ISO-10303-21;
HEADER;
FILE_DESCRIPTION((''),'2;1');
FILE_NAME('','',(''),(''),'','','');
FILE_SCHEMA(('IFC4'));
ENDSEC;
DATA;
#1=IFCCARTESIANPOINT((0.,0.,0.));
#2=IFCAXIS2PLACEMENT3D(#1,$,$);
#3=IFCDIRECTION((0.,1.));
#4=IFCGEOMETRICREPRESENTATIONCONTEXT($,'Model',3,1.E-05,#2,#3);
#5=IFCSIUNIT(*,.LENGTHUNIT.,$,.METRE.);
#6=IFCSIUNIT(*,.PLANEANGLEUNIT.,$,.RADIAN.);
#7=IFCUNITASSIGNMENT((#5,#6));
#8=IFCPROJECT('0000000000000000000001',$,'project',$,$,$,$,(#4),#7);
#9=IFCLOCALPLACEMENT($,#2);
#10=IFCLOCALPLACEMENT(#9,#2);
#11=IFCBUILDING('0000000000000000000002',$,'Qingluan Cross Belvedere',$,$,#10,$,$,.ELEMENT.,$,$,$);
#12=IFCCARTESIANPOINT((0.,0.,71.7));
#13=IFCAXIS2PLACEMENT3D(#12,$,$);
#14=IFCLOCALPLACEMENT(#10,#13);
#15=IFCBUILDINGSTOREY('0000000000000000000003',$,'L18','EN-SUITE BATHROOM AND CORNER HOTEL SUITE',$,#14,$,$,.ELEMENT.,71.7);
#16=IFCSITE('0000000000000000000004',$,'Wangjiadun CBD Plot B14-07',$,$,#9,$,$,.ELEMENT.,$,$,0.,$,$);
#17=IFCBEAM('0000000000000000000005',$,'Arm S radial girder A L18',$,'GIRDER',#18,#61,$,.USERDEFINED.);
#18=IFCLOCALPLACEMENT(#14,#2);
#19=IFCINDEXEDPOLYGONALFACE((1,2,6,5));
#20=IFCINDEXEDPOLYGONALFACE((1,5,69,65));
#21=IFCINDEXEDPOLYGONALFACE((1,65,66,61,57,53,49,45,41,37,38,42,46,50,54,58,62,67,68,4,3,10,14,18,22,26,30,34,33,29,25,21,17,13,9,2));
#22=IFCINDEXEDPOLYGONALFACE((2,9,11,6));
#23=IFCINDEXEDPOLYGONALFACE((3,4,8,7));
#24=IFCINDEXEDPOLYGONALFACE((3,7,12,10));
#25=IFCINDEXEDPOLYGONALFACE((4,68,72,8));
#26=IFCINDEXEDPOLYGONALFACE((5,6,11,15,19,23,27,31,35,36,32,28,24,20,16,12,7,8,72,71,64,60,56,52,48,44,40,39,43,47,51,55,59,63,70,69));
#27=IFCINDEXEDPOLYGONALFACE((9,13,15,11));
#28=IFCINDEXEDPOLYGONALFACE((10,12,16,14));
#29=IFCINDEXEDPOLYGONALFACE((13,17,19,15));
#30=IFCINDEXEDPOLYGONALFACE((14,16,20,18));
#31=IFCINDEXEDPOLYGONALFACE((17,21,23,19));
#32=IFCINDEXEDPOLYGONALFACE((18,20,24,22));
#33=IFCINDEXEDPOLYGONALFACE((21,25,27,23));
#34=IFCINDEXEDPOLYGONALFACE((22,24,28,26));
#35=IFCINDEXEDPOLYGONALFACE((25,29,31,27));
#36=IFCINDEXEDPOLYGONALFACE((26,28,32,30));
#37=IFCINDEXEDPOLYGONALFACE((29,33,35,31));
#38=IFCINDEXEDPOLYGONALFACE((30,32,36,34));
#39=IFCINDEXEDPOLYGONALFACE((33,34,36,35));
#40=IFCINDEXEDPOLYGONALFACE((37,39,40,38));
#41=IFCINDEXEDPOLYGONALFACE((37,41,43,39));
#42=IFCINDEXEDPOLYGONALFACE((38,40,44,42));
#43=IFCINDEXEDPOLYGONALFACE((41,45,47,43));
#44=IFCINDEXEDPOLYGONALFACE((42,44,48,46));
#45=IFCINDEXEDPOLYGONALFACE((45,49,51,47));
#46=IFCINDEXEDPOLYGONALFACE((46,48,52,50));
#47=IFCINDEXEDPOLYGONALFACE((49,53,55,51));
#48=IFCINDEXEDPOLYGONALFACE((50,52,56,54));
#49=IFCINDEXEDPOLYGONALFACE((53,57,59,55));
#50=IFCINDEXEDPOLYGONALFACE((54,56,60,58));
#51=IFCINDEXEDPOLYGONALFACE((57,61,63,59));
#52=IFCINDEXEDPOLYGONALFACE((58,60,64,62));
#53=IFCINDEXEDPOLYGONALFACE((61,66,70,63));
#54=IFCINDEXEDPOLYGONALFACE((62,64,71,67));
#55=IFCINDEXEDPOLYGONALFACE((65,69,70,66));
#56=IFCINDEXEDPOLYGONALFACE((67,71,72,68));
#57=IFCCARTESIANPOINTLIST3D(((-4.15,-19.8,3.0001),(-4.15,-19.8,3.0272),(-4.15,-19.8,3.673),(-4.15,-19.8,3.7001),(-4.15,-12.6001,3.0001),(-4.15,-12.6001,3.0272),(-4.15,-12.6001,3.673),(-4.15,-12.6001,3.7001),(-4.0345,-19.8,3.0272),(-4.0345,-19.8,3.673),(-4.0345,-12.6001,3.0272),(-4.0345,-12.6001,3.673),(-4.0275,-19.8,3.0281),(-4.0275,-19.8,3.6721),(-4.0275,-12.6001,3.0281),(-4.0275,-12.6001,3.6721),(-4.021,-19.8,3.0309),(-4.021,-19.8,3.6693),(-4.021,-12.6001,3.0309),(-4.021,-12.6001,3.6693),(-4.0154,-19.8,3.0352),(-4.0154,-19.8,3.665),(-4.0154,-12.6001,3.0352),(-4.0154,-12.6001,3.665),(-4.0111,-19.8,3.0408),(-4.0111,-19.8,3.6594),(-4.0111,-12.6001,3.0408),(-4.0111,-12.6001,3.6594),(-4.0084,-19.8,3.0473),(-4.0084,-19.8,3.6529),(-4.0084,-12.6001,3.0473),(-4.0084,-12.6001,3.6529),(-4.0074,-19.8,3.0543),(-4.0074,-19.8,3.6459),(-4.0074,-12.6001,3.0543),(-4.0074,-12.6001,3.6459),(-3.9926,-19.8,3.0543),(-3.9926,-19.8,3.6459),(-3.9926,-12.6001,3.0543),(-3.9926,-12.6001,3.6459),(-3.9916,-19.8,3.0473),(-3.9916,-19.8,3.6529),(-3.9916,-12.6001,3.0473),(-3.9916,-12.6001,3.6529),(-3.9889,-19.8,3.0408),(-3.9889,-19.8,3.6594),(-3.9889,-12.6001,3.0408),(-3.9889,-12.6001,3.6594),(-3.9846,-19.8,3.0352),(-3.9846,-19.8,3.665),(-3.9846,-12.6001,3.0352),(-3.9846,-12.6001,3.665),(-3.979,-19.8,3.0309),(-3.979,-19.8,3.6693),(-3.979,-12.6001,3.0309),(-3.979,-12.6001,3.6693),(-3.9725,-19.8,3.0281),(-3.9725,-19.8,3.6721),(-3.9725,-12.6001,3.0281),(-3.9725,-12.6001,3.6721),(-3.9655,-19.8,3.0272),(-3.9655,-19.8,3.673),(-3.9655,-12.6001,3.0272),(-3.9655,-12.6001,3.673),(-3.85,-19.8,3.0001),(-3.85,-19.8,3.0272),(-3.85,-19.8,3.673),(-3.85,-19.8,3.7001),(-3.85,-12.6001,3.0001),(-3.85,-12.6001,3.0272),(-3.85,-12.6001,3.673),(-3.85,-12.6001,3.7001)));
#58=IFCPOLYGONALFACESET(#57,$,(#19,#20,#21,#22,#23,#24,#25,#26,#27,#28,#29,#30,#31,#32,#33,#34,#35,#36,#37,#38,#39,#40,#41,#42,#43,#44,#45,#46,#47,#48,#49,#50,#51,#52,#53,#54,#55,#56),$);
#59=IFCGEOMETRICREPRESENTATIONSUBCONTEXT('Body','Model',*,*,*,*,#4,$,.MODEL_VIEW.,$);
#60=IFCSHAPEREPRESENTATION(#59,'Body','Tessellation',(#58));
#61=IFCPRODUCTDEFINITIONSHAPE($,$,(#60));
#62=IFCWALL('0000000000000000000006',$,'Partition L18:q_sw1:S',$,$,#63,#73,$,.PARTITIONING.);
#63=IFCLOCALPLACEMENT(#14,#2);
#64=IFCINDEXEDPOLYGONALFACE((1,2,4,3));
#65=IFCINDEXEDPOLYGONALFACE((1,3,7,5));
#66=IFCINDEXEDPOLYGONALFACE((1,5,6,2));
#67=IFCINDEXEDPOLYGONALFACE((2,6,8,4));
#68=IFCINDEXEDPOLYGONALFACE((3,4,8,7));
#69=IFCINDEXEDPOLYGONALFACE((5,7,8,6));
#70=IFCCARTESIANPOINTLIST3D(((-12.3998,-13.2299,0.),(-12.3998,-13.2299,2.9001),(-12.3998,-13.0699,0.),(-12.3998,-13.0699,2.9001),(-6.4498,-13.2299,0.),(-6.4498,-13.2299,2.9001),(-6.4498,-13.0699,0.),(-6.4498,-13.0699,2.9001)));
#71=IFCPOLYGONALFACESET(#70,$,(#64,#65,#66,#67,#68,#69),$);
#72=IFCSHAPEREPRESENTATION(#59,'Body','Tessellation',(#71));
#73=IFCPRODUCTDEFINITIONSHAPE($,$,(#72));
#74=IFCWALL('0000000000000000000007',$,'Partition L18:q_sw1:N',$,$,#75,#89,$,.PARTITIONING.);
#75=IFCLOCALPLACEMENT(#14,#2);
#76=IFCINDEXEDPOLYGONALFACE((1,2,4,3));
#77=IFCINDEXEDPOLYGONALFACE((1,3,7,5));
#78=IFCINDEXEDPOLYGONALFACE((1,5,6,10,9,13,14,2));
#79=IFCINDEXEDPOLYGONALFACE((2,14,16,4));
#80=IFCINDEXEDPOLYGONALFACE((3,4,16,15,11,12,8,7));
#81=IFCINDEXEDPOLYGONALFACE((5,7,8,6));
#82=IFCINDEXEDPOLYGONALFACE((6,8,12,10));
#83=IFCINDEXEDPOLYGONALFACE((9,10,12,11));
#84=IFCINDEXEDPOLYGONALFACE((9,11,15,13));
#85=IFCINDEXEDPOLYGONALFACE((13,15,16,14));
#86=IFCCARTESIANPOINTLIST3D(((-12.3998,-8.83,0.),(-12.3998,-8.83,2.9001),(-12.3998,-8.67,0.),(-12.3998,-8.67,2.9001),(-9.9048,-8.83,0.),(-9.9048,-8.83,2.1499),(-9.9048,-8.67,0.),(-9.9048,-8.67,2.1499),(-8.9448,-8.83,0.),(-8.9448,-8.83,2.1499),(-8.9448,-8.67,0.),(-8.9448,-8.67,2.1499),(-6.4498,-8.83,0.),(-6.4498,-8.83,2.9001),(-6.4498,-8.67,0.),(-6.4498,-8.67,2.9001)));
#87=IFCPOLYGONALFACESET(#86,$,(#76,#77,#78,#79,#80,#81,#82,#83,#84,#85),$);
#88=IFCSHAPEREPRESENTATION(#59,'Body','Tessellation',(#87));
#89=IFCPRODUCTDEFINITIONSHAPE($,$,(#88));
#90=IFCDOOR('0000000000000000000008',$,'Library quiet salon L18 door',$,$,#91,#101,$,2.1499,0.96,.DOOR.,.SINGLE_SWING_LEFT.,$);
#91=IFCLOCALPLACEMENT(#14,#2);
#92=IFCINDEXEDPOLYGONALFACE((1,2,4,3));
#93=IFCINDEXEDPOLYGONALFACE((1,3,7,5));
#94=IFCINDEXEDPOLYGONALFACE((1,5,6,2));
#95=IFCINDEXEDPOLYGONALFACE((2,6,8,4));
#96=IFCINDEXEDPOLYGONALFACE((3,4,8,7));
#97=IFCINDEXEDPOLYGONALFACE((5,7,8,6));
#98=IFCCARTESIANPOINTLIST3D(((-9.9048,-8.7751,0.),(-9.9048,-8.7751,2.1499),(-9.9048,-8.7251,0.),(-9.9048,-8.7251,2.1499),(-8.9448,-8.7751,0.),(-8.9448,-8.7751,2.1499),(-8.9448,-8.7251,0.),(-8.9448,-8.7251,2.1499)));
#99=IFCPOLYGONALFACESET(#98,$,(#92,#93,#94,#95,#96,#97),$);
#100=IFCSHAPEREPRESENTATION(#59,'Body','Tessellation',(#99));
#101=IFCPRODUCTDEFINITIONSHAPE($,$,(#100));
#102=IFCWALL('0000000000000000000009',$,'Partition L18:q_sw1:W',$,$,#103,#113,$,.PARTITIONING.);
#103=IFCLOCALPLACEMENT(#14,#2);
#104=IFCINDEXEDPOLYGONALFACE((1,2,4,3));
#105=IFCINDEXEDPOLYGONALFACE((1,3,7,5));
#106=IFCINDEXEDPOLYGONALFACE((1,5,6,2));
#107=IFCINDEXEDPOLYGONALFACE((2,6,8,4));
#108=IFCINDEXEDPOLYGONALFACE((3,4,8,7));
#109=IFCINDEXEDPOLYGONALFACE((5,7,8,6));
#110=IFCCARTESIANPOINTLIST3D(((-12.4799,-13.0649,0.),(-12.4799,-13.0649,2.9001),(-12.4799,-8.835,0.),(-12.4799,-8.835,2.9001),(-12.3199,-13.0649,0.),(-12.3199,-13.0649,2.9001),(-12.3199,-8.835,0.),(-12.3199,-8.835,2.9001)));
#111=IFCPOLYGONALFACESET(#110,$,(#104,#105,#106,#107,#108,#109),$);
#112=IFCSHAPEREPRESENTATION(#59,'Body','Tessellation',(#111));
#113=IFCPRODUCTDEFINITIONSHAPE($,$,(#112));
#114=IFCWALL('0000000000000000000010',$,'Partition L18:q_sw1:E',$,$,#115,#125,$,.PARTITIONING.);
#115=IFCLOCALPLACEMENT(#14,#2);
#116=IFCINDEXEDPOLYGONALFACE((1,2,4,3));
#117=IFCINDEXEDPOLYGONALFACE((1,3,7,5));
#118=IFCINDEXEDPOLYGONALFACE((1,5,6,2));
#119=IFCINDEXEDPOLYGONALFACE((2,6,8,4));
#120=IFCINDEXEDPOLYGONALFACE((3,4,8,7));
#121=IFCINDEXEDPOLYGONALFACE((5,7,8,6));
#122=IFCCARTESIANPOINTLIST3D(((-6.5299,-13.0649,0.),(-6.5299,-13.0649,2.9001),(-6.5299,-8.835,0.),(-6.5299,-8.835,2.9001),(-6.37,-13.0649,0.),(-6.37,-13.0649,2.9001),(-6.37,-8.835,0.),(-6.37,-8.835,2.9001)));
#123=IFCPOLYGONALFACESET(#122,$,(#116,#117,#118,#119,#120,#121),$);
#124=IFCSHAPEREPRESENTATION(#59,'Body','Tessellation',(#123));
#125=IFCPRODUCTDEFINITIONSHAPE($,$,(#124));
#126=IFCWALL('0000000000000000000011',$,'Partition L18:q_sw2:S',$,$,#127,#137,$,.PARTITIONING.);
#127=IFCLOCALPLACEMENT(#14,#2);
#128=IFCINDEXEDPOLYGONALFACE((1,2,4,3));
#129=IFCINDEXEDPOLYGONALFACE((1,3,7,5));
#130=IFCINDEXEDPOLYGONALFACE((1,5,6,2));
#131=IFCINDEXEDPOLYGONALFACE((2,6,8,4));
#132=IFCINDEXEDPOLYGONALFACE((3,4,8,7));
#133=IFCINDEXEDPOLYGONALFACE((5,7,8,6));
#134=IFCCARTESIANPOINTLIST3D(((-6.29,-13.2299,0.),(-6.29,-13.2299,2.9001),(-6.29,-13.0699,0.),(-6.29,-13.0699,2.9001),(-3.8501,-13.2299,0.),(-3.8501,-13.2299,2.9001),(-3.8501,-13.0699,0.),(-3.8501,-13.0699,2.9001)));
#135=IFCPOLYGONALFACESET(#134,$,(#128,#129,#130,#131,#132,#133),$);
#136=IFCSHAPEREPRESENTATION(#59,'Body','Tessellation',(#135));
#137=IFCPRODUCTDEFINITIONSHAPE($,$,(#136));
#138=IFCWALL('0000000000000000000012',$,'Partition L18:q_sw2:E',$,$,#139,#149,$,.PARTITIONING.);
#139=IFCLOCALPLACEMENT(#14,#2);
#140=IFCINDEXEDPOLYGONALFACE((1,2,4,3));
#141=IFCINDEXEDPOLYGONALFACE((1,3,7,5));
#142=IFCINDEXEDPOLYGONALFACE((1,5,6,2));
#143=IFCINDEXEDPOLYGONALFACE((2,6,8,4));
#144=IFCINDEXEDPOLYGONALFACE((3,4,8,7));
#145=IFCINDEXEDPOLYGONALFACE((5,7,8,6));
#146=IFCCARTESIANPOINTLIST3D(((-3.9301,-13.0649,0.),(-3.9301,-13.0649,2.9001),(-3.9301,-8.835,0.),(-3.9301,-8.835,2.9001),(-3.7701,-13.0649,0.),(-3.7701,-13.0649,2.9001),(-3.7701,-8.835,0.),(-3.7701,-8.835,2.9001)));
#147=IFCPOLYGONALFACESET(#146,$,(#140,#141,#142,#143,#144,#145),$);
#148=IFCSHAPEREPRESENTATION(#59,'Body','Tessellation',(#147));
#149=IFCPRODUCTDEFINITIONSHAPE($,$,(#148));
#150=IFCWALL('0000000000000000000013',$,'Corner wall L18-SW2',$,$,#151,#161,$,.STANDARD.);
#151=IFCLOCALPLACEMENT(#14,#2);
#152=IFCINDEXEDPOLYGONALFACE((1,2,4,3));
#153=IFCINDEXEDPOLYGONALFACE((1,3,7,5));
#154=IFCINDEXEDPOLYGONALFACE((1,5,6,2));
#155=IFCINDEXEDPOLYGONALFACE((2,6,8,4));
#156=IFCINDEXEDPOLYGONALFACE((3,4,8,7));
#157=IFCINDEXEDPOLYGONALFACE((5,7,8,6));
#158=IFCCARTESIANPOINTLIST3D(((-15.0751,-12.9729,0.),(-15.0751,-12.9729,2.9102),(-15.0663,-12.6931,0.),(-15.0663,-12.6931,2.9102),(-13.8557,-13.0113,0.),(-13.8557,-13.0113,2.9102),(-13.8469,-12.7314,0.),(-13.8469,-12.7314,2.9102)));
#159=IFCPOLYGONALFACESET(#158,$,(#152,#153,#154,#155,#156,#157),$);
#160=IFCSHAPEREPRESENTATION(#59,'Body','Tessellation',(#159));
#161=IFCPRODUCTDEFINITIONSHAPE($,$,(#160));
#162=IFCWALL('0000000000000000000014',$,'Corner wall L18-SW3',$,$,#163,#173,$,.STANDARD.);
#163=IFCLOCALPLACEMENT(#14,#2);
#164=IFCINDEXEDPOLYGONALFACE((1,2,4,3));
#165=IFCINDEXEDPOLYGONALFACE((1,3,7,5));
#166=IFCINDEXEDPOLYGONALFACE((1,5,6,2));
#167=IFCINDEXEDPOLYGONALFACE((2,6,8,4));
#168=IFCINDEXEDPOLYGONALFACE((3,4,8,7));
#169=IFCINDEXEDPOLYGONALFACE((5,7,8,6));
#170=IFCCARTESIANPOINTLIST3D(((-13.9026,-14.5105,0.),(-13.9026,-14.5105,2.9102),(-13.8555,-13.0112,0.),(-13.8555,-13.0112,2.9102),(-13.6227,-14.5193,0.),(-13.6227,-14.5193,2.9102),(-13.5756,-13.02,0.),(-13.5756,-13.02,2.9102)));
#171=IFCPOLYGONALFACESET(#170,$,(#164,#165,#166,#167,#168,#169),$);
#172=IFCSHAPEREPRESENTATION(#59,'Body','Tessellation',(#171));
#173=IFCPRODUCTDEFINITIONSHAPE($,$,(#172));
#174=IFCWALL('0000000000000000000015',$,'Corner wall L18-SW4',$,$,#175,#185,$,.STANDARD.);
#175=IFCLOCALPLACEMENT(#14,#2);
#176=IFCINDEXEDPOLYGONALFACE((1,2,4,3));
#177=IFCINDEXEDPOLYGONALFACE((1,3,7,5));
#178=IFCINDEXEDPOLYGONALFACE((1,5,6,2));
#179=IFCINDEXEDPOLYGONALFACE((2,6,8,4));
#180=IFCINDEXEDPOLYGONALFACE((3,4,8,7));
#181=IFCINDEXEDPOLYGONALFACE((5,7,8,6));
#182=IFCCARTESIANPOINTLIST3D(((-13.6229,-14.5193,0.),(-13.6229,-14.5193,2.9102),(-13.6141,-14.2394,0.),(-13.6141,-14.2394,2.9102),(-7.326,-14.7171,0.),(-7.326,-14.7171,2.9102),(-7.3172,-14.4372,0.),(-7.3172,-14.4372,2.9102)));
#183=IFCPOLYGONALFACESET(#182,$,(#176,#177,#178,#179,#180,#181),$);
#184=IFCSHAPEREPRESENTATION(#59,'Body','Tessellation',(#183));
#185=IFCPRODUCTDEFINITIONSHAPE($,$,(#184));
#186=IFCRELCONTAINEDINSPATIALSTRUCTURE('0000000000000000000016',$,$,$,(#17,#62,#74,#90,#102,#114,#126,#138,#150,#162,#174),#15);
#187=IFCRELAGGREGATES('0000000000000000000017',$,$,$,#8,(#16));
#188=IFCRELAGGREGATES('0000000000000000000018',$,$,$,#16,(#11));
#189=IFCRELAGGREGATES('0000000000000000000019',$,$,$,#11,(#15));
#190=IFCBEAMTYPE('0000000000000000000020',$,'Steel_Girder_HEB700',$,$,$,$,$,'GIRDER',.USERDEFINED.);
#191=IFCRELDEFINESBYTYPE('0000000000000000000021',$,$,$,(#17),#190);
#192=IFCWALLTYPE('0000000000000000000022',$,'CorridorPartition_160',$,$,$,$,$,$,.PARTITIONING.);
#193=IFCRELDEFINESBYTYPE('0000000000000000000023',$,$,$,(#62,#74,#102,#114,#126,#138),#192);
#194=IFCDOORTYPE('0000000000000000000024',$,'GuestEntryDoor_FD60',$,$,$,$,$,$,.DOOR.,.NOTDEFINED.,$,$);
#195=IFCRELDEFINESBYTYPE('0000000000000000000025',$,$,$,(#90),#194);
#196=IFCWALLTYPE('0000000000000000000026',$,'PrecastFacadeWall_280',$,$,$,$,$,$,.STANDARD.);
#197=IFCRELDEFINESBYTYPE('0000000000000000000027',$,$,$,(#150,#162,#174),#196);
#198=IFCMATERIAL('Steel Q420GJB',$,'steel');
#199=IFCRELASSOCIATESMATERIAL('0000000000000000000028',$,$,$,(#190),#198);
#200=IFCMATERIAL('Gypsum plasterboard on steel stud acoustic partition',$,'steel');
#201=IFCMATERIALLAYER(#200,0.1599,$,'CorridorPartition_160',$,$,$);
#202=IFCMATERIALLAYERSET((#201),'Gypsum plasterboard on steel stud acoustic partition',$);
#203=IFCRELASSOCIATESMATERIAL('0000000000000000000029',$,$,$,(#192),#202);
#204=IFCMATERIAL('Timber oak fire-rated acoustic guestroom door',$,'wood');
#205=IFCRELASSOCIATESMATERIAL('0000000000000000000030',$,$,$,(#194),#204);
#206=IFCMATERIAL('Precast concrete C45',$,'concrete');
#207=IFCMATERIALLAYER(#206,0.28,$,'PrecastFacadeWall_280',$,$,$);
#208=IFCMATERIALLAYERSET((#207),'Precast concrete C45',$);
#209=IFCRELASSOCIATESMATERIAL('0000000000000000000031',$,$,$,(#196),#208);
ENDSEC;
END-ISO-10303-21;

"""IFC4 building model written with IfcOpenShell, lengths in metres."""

from ifc_helpers import new_model, si_unit, direction, frame, frame_2d, origin, origin_2d, place, context, subcontext, project, spatial, rectangle, i_section, extrude, material, layer, layer_set, material_profile, profile_set, type_object, element, fill, save


model = new_model("IFC4")

# Units and contexts
model_context = context("Model", 3, precision=1e-05, world=origin(), true_north=direction((0.0, 1.0)))
body_context = subcontext(model_context, "Body", "Model", "MODEL_VIEW")
ifc_project = project(units=[si_unit("LENGTHUNIT", "METRE"), si_unit("PLANEANGLEUNIT", "RADIAN")], contexts=[model_context])

# Site, building, storey
site_placement = place(None, origin())
site = spatial("IfcSite", under=ifc_project, at=site_placement, Name="Wangjiadun CBD Plot B14-07", CompositionType="ELEMENT", RefElevation=0.0)
building_placement = place(site_placement, origin())
building = spatial("IfcBuilding", under=site, at=building_placement, Name="Qingluan Cross Belvedere", CompositionType="ELEMENT")
storey_placement = place(building_placement, frame((0.0, 0.0, 71.7)))
storey = spatial("IfcBuildingStorey", under=building, at=storey_placement, Name="L18", Description="EN-SUITE BATHROOM AND CORNER HOTEL SUITE", CompositionType="ELEMENT", Elevation=71.7)

# Beam
ifc_material_1 = material(Name="Steel Q420GJB", Category="steel")
ifc_material_profile_1 = material_profile(ifc_material_1, i_section(OverallWidth=0.3, OverallDepth=0.7, WebThickness=0.0149, FlangeThickness=0.0271, FilletRadius=0.0271, at=origin_2d()), Name="HEB700")
ifc_profile_set_1 = profile_set([ifc_material_profile_1], Name="Steel Q420GJB")
beam_type_1 = type_object("IfcBeamType", Name="Steel_Girder_HEB700", ElementType="GIRDER", PredefinedType="USERDEFINED", material=ifc_profile_set_1)
beam_1_placement = place(storey_placement, frame((-4.0, -12.6001, 3.3501), z_axis=(0.0, -1.0, 0.0), x_axis=(1.0, 0.0, 0.0)))
element("IfcBeam", 1, at=beam_1_placement, inside=storey, type_object=beam_type_1, Name="Arm S radial girder A L18", ObjectType="GIRDER", PredefinedType="USERDEFINED", context=body_context, shape_type="SweptSolid", body=[
    extrude(i_section(OverallWidth=0.3, OverallDepth=0.7, WebThickness=0.0149, FlangeThickness=0.0271, FilletRadius=0.0271, at=origin_2d()), origin(), (0.0, 0.0, 1.0), 7.2),
])

# Wall
ifc_material_2 = material(Name="Gypsum plasterboard on steel stud acoustic partition", Category="steel")
ifc_layer_1 = layer(ifc_material_2, 0.1599, Name="CorridorPartition_160")
ifc_layer_set_1 = layer_set([ifc_layer_1], Name="Gypsum plasterboard on steel stud acoustic partition")
wall_type_1 = type_object("IfcWallType", Name="CorridorPartition_160", PredefinedType="PARTITIONING", material=ifc_layer_set_1)
wall_1_placement = place(storey_placement, frame((-12.3999, -13.1499, 0.0), z_axis=(0.0, 0.0, 1.0), x_axis=(1.0, 0.0, 0.0)))
element("IfcWall", 2, at=wall_1_placement, inside=storey, type_object=wall_type_1, Name="Partition L18:q_sw1:S", PredefinedType="PARTITIONING", context=body_context, shape_type="SweptSolid", body=[
    extrude(rectangle(XDim=5.95, YDim=0.1599, at=frame_2d((2.9751, 0.0))), origin(), (0.0, 0.0, 1.0), 2.9001),
])

# Wall, opening, door
wall_2_placement = place(storey_placement, frame((-12.3999, -8.75, 0.0), z_axis=(0.0, 0.0, 1.0), x_axis=(1.0, 0.0, 0.0)))
wall_2 = element("IfcWall", 3, at=wall_2_placement, inside=storey, type_object=wall_type_1, Name="Partition L18:q_sw1:N", PredefinedType="PARTITIONING", context=body_context, shape_type="SweptSolid", body=[
    extrude(rectangle(XDim=5.95, YDim=0.1599, at=frame_2d((2.9751, 0.0))), origin(), (0.0, 0.0, 1.0), 2.9001),
])
opening_placement = place(wall_2_placement, frame((2.4951, 0.0, 0.0)))
opening = element("IfcOpeningElement", 4, at=opening_placement, cuts=wall_2, PredefinedType="OPENING", context=body_context, shape_type="SweptSolid", body=[
    extrude(rectangle(XDim=0.96, YDim=2.1499, at=frame_2d((0.48, 1.075))), frame((0.0, 0.0898, 0.0), z_axis=(0.0, -1.0, 0.0), x_axis=(1.0, 0.0, 0.0)), (0.0, 0.0, 1.0), 0.1799),
])
ifc_material_3 = material(Name="Timber oak fire-rated acoustic guestroom door", Category="wood")
door_type = type_object("IfcDoorType", Name="GuestEntryDoor_FD60", OperationType="NOTDEFINED", PredefinedType="DOOR", material=ifc_material_3)
door_placement = place(opening_placement, origin())
door = element("IfcDoor", 5, at=door_placement, inside=storey, type_object=door_type, Name="Library quiet salon L18 door", OperationType="SINGLE_SWING_LEFT", OverallHeight=2.1499, OverallWidth=0.96, PredefinedType="DOOR", context=body_context, shape_type="SweptSolid", body=[
    extrude(rectangle(XDim=0.96, YDim=2.1499, at=frame_2d((0.48, 1.075))), frame((0.0, 0.0249, 0.0), z_axis=(0.0, -1.0, 0.0), x_axis=(1.0, 0.0, 0.0)), (0.0, 0.0, 1.0), 0.05),
])
fill(opening, door)

# Walls
for number, where, z_axis, x_axis, name in (
    (6, (-12.3999, -13.0649, 0.0), (0.0, 0.0, 1.0), (0.0, 1.0, 0.0), "Partition L18:q_sw1:W"),
    (7, (-6.45, -13.0649, 0.0), (0.0, 0.0, 1.0), (0.0, 1.0, 0.0), "Partition L18:q_sw1:E"),
):
    element("IfcWall", number, at=place(storey_placement, frame(where, z_axis=z_axis, x_axis=x_axis)), inside=storey, type_object=wall_type_1, Name=name, PredefinedType="PARTITIONING", context=body_context, shape_type="SweptSolid", body=[
        extrude(rectangle(XDim=4.23, YDim=0.1599, at=frame_2d((2.115, 0.0))), origin(), (0.0, 0.0, 1.0), 2.9001),
    ])
wall_3_placement = place(storey_placement, frame((-6.29, -13.1499, 0.0), z_axis=(0.0, 0.0, 1.0), x_axis=(1.0, 0.0, 0.0)))
element("IfcWall", 8, at=wall_3_placement, inside=storey, type_object=wall_type_1, Name="Partition L18:q_sw2:S", PredefinedType="PARTITIONING", context=body_context, shape_type="SweptSolid", body=[
    extrude(rectangle(XDim=2.4399, YDim=0.1599, at=frame_2d((1.22, 0.0))), origin(), (0.0, 0.0, 1.0), 2.9001),
])
wall_4_placement = place(storey_placement, frame((-3.8501, -13.0649, 0.0), z_axis=(0.0, 0.0, 1.0), x_axis=(0.0, 1.0, 0.0)))
element("IfcWall", 9, at=wall_4_placement, inside=storey, type_object=wall_type_1, Name="Partition L18:q_sw2:E", PredefinedType="PARTITIONING", context=body_context, shape_type="SweptSolid", body=[
    extrude(rectangle(XDim=4.23, YDim=0.1599, at=frame_2d((2.115, 0.0))), origin(), (0.0, 0.0, 1.0), 2.9001),
])
ifc_material_4 = material(Name="Precast concrete C45", Category="concrete")
ifc_layer_2 = layer(ifc_material_4, 0.28, Name="PrecastFacadeWall_280")
ifc_layer_set_2 = layer_set([ifc_layer_2], Name="Precast concrete C45")
wall_type_2 = type_object("IfcWallType", Name="PrecastFacadeWall_280", PredefinedType="STANDARD", material=ifc_layer_set_2)
wall_5_placement = place(storey_placement, frame((-15.0706, -12.833, 0.0), z_axis=(0.0, 0.0, 1.0), x_axis=(0.999506, -0.031416, 0.0)))
element("IfcWall", 10, at=wall_5_placement, inside=storey, type_object=wall_type_2, Name="Corner wall L18-SW2", PredefinedType="STANDARD", context=body_context, shape_type="SweptSolid", body=[
    extrude(rectangle(XDim=1.22, YDim=0.28, at=frame_2d((0.6099, 0.0))), origin(), (0.0, 0.0, 1.0), 2.9102),
])
wall_6_placement = place(storey_placement, frame((-13.7156, -13.0156, 0.0), z_axis=(0.0, 0.0, 1.0), x_axis=(-0.031413, -0.999507, 0.0)))
element("IfcWall", 11, at=wall_6_placement, inside=storey, type_object=wall_type_2, Name="Corner wall L18-SW3", PredefinedType="STANDARD", context=body_context, shape_type="SweptSolid", body=[
    extrude(rectangle(XDim=1.5, YDim=0.28, at=frame_2d((0.75, 0.0))), origin(), (0.0, 0.0, 1.0), 2.9102),
])
wall_7_placement = place(storey_placement, frame((-13.6184, -14.3794, 0.0), z_axis=(0.0, 0.0, 1.0), x_axis=(0.999507, -0.03139, 0.0)))
element("IfcWall", 12, at=wall_7_placement, inside=storey, type_object=wall_type_2, Name="Corner wall L18-SW4", PredefinedType="STANDARD", context=body_context, shape_type="SweptSolid", body=[
    extrude(rectangle(XDim=6.3, YDim=0.28, at=frame_2d((3.1499, 0.0))), origin(), (0.0, 0.0, 1.0), 2.9102),
])

save(model, "model.ifc")
